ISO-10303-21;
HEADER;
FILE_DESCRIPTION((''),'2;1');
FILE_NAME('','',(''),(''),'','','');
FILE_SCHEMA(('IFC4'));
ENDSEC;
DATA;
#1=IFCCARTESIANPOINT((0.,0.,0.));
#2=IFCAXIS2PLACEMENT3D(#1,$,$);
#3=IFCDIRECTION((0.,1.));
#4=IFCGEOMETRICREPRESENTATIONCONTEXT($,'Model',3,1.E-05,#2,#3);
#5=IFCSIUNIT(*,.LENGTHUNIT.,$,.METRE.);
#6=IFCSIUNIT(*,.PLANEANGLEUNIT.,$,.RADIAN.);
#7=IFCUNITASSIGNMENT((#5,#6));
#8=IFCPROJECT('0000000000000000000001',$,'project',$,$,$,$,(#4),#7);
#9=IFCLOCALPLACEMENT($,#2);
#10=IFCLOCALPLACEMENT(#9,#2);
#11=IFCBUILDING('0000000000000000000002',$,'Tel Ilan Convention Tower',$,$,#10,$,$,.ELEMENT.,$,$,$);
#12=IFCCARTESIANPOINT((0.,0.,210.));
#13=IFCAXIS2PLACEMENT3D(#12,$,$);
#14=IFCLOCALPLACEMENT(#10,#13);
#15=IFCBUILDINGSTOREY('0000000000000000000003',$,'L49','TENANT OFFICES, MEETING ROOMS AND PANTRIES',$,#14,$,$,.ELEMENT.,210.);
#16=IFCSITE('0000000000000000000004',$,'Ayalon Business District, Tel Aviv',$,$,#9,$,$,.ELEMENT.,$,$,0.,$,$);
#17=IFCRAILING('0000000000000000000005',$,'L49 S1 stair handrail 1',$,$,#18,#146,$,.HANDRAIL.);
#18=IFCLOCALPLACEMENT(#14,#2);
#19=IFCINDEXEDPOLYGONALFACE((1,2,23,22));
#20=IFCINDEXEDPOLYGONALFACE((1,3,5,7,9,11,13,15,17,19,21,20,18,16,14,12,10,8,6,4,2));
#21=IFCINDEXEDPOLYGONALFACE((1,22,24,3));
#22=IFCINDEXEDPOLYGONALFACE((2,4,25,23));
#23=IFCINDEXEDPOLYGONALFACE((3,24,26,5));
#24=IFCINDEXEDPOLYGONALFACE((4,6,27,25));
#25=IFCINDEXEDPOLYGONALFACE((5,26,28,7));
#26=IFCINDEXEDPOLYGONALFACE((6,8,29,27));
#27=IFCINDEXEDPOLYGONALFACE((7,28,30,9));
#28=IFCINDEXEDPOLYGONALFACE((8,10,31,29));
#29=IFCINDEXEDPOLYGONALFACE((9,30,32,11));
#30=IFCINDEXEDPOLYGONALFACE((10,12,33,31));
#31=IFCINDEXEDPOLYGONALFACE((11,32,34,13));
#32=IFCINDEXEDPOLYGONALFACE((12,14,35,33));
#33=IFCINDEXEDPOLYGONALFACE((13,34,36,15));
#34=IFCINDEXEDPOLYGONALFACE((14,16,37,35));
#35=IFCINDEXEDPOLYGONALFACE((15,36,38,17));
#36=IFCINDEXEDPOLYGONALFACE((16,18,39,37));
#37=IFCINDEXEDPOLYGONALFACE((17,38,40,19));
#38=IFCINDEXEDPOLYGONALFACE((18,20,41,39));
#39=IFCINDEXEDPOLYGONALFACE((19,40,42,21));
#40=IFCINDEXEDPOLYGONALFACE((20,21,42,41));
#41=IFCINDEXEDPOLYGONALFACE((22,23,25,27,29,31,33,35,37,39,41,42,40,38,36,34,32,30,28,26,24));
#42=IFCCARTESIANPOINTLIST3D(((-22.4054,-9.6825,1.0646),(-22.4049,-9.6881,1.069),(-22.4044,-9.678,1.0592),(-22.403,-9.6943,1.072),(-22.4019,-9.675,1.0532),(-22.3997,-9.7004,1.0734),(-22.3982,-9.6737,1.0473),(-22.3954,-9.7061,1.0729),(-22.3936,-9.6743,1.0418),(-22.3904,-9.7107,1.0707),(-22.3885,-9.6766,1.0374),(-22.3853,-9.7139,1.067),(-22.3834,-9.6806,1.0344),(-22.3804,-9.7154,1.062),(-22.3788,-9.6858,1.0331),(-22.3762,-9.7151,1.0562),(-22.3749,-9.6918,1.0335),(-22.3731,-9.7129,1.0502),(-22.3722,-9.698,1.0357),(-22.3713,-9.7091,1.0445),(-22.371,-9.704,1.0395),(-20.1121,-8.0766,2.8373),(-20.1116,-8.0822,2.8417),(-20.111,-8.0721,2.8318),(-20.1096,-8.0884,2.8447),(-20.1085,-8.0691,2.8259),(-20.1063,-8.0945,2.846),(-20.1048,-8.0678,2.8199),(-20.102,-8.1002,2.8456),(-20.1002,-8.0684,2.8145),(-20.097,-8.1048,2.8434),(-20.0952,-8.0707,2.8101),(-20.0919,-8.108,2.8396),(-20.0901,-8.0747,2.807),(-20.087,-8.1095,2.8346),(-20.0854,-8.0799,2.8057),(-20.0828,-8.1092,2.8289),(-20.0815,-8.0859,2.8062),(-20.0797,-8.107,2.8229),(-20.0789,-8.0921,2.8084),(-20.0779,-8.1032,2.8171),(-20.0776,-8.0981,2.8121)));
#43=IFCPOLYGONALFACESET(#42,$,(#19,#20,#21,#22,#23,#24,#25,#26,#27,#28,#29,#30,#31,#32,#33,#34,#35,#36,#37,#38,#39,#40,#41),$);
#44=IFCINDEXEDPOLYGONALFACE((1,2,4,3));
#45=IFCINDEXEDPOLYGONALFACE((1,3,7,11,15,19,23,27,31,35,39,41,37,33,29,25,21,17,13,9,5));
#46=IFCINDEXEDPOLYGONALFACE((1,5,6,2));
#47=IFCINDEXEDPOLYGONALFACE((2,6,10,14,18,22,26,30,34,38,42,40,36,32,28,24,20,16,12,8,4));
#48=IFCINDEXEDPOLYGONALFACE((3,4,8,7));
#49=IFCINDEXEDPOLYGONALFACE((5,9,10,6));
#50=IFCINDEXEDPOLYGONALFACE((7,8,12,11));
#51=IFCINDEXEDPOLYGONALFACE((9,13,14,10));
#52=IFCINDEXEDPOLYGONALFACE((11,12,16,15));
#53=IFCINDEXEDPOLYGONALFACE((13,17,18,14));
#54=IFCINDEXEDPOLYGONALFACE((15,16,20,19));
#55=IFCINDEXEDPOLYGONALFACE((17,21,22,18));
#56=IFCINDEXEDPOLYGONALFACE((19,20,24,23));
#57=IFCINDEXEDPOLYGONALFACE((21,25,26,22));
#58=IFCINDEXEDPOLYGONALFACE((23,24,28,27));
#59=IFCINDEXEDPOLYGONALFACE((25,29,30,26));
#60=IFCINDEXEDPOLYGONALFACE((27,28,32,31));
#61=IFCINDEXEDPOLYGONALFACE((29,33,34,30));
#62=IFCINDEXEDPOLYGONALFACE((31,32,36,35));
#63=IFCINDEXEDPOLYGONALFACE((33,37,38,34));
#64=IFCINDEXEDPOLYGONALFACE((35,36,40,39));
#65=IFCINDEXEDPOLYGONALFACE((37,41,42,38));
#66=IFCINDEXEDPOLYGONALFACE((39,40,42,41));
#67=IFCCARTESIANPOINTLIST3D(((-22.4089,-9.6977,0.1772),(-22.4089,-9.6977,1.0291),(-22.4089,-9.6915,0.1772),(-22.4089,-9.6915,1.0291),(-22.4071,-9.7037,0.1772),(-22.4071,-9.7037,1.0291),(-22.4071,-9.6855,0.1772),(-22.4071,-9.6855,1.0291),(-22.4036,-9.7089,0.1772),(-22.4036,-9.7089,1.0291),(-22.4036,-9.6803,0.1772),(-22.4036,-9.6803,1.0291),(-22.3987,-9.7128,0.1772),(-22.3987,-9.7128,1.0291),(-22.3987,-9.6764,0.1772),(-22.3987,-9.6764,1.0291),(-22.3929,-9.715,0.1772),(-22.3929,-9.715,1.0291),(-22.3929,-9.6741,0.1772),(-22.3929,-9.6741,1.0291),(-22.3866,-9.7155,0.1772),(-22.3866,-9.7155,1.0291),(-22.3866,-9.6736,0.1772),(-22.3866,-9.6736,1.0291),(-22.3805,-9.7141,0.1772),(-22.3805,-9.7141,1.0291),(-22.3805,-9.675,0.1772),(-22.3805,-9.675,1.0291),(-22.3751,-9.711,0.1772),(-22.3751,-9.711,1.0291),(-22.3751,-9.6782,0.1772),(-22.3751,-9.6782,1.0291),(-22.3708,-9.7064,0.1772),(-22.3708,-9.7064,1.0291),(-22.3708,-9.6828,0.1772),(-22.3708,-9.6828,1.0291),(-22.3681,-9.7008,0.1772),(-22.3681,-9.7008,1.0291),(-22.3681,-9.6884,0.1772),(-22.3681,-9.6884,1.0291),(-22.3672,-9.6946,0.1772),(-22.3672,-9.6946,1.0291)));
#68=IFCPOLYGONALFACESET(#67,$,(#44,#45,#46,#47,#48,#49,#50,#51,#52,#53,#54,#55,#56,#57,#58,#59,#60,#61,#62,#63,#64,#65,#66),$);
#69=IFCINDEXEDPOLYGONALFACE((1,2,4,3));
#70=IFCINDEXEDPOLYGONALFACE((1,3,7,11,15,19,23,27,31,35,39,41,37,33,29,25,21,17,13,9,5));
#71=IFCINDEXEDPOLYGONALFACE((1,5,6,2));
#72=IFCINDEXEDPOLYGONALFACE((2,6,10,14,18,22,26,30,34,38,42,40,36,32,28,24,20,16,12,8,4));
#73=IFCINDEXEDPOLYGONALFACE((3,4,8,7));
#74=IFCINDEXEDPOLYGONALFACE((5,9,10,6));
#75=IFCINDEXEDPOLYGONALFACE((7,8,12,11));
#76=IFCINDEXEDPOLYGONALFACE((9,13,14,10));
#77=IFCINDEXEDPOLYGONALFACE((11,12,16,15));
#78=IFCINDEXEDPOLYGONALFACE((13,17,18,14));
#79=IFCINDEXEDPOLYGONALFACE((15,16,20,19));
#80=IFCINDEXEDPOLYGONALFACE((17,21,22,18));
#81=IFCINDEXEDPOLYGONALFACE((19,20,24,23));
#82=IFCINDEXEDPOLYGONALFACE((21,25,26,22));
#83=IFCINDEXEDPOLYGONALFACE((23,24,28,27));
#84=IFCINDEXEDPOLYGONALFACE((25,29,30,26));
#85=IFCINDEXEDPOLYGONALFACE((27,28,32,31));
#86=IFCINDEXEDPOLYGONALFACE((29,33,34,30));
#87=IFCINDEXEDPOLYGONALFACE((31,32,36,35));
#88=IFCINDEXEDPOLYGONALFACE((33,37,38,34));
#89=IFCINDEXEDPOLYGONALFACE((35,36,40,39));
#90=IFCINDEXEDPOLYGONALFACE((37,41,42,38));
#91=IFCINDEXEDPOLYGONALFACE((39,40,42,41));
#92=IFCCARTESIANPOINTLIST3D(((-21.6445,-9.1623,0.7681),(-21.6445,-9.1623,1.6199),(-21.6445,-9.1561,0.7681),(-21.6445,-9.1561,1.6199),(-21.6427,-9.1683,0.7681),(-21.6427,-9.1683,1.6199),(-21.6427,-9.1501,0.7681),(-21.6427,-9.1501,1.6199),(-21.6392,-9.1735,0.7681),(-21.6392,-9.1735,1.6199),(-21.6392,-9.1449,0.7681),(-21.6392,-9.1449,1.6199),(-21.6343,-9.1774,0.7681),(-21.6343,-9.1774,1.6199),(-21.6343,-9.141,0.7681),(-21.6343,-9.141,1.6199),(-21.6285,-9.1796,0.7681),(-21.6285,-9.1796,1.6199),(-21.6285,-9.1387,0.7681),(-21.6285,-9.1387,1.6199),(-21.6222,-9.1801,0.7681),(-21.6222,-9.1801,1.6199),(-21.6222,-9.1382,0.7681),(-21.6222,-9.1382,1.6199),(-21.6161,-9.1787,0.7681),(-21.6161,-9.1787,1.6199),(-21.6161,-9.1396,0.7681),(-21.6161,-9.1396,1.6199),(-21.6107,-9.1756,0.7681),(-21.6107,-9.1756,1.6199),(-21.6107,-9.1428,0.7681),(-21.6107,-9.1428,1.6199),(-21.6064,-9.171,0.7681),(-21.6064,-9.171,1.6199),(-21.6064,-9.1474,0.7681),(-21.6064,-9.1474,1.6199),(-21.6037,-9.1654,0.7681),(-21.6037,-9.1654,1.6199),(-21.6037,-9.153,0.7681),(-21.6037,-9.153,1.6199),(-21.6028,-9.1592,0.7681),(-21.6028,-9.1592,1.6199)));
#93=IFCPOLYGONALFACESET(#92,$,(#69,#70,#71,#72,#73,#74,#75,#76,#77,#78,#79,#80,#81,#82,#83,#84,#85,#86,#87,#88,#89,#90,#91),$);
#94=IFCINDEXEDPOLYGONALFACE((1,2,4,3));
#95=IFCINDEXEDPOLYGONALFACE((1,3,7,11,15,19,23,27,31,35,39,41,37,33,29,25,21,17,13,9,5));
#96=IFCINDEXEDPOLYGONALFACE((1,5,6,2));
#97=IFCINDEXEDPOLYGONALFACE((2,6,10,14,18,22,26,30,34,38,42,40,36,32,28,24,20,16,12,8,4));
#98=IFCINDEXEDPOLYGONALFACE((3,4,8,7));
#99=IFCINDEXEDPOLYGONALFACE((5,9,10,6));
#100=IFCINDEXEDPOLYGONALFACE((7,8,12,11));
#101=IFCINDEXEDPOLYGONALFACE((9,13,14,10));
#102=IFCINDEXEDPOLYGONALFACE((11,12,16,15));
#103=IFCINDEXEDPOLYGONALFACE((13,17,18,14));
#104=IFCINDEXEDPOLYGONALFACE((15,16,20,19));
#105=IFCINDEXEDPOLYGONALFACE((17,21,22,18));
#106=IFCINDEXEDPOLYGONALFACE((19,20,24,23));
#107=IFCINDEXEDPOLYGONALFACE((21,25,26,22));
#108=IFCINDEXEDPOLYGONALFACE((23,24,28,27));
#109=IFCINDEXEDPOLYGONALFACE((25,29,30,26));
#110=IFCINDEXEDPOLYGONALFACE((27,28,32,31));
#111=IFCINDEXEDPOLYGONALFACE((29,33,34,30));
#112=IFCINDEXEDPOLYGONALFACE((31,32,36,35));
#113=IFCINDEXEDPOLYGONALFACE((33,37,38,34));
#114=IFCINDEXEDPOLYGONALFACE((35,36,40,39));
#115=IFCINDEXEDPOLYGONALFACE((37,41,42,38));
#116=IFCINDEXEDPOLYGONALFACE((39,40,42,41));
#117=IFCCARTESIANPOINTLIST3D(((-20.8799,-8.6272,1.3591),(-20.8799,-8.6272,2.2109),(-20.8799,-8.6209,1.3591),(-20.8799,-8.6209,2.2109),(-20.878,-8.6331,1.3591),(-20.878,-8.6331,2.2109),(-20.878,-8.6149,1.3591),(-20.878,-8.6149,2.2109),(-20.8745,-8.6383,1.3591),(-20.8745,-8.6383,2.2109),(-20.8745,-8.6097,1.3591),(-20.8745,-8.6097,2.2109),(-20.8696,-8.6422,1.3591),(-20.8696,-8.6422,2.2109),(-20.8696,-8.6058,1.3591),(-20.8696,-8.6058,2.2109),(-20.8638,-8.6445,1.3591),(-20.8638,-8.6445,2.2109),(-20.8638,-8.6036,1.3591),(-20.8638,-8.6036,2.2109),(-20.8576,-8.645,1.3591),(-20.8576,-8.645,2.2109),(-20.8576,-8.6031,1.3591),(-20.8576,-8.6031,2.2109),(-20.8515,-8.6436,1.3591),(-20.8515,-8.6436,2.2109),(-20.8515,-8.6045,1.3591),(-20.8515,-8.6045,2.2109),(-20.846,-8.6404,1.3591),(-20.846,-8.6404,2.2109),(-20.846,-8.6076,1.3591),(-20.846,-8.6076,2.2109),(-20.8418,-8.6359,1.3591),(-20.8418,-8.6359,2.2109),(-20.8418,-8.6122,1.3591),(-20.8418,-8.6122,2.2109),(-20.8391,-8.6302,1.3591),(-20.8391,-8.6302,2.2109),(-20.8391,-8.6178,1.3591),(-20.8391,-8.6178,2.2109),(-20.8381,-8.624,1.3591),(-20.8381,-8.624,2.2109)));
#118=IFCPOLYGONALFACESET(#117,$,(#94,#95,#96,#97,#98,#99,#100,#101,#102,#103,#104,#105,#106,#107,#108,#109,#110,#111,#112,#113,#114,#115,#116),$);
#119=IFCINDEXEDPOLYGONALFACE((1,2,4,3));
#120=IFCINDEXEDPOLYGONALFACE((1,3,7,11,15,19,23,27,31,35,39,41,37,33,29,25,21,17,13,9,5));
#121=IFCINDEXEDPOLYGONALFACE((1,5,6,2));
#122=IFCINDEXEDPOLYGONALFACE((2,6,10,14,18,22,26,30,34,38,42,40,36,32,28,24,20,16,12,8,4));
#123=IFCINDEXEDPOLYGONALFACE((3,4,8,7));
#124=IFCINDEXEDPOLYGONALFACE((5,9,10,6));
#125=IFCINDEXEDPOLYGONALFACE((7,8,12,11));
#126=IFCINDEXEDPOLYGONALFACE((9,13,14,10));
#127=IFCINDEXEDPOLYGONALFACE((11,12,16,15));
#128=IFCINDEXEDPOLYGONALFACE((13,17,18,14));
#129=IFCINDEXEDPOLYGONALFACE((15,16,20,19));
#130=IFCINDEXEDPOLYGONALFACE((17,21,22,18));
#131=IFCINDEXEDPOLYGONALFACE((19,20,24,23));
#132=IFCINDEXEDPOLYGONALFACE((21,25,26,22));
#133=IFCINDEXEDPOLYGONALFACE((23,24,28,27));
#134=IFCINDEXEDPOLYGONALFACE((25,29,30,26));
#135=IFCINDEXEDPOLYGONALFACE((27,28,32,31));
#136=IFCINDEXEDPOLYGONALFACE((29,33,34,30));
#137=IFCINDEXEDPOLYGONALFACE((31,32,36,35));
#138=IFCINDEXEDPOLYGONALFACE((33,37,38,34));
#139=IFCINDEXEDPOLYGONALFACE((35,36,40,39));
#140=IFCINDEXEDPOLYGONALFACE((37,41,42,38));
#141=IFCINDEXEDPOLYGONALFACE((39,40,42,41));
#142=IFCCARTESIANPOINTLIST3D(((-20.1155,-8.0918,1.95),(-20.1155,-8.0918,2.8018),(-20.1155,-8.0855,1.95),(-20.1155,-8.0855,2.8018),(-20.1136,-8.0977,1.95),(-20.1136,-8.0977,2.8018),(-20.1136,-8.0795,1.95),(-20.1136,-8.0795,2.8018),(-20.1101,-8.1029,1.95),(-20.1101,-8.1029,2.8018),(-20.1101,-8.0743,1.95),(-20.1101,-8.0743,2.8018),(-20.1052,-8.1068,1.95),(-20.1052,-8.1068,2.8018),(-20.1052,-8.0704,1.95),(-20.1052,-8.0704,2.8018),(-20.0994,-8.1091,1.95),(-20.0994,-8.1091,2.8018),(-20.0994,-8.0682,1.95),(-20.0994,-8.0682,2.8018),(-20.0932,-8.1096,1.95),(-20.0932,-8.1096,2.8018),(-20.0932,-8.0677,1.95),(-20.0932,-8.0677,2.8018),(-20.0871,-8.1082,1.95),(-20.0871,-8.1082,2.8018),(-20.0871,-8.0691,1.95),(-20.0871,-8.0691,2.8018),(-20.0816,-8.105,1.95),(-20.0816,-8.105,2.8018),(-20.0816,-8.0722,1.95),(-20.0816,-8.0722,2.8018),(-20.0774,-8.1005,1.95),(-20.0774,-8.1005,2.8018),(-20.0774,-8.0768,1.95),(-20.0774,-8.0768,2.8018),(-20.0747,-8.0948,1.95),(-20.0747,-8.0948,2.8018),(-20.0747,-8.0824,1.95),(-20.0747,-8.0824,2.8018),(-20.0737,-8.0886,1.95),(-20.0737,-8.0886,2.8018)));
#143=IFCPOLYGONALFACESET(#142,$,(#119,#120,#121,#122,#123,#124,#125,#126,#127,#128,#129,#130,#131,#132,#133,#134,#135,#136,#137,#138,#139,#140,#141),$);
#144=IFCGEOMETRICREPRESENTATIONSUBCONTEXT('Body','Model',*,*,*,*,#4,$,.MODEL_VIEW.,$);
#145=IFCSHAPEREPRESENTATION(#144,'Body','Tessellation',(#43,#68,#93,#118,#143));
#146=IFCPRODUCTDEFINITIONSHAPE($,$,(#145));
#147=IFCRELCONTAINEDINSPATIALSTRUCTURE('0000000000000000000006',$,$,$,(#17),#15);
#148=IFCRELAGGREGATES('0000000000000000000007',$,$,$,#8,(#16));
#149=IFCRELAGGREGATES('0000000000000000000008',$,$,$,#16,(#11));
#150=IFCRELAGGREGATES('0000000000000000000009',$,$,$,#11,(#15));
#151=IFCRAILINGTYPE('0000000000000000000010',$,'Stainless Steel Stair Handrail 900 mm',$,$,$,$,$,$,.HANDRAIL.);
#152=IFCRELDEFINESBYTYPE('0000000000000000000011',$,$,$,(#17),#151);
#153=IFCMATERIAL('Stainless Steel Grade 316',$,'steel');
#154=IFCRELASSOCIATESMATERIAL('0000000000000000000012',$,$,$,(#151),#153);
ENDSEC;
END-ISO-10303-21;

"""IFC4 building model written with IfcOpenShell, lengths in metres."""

from ifc_helpers import new_model, si_unit, direction, frame, origin, origin_2d, place, context, subcontext, project, spatial, circle, extrude, material, type_object, element, save


model = new_model("IFC4")

# Units and contexts
model_context = context("Model", 3, precision=1e-05, world=origin(), true_north=direction((0.0, 1.0)))
body_context = subcontext(model_context, "Body", "Model", "MODEL_VIEW")
ifc_project = project(units=[si_unit("LENGTHUNIT", "METRE"), si_unit("PLANEANGLEUNIT", "RADIAN")], contexts=[model_context])

# Site, building, storey
site_placement = place(None, origin())
site = spatial("IfcSite", under=ifc_project, at=site_placement, Name="Ayalon Business District, Tel Aviv", CompositionType="ELEMENT", RefElevation=0.0)
building_placement = place(site_placement, origin())
building = spatial("IfcBuilding", under=site, at=building_placement, Name="Tel Ilan Convention Tower", CompositionType="ELEMENT")
storey_placement = place(building_placement, frame((0.0, 0.0, 210.0)))
storey = spatial("IfcBuildingStorey", under=building, at=storey_placement, Name="L49", Description="TENANT OFFICES, MEETING ROOMS AND PANTRIES", CompositionType="ELEMENT", Elevation=210.0)

# Railing
ifc_material_1 = material(Name="Stainless Steel Grade 316", Category="steel")
railing_type_1 = type_object("IfcRailingType", Name="Stainless Steel Stair Handrail 900 mm", PredefinedType="HANDRAIL", material=ifc_material_1)
railing_1_placement = place(storey_placement, frame((-22.3882, -9.6946, 0.1772)))
element("IfcRailing", 1, at=railing_1_placement, inside=storey, type_object=railing_type_1, Name="L49 S1 stair handrail 1", PredefinedType="HANDRAIL", context=body_context, shape_type="SweptSolid", body=[
    extrude(circle(Radius=0.0239, at=origin_2d()), frame((0.0, 0.0, 0.876), z_axis=(0.692085, 0.484621, 0.53494), x_axis=(-0.573591, 0.819142, 0.0)), (0.0, 0.0, 1.0), 3.3137),
    extrude(circle(Radius=0.021, at=origin_2d()), origin(), (0.0, 0.0, 1.0), 0.8518),
    extrude(circle(Radius=0.021, at=origin_2d()), frame((0.7644, 0.5354, 0.5908)), (0.0, 0.0, 1.0), 0.8518),
    extrude(circle(Radius=0.021, at=origin_2d()), frame((1.5291, 1.0706, 1.1819)), (0.0, 0.0, 1.0), 0.8518),
    extrude(circle(Radius=0.021, at=origin_2d()), frame((2.2935, 1.606, 1.7727)), (0.0, 0.0, 1.0), 0.8518),
])

save(model, "model.ifc")
